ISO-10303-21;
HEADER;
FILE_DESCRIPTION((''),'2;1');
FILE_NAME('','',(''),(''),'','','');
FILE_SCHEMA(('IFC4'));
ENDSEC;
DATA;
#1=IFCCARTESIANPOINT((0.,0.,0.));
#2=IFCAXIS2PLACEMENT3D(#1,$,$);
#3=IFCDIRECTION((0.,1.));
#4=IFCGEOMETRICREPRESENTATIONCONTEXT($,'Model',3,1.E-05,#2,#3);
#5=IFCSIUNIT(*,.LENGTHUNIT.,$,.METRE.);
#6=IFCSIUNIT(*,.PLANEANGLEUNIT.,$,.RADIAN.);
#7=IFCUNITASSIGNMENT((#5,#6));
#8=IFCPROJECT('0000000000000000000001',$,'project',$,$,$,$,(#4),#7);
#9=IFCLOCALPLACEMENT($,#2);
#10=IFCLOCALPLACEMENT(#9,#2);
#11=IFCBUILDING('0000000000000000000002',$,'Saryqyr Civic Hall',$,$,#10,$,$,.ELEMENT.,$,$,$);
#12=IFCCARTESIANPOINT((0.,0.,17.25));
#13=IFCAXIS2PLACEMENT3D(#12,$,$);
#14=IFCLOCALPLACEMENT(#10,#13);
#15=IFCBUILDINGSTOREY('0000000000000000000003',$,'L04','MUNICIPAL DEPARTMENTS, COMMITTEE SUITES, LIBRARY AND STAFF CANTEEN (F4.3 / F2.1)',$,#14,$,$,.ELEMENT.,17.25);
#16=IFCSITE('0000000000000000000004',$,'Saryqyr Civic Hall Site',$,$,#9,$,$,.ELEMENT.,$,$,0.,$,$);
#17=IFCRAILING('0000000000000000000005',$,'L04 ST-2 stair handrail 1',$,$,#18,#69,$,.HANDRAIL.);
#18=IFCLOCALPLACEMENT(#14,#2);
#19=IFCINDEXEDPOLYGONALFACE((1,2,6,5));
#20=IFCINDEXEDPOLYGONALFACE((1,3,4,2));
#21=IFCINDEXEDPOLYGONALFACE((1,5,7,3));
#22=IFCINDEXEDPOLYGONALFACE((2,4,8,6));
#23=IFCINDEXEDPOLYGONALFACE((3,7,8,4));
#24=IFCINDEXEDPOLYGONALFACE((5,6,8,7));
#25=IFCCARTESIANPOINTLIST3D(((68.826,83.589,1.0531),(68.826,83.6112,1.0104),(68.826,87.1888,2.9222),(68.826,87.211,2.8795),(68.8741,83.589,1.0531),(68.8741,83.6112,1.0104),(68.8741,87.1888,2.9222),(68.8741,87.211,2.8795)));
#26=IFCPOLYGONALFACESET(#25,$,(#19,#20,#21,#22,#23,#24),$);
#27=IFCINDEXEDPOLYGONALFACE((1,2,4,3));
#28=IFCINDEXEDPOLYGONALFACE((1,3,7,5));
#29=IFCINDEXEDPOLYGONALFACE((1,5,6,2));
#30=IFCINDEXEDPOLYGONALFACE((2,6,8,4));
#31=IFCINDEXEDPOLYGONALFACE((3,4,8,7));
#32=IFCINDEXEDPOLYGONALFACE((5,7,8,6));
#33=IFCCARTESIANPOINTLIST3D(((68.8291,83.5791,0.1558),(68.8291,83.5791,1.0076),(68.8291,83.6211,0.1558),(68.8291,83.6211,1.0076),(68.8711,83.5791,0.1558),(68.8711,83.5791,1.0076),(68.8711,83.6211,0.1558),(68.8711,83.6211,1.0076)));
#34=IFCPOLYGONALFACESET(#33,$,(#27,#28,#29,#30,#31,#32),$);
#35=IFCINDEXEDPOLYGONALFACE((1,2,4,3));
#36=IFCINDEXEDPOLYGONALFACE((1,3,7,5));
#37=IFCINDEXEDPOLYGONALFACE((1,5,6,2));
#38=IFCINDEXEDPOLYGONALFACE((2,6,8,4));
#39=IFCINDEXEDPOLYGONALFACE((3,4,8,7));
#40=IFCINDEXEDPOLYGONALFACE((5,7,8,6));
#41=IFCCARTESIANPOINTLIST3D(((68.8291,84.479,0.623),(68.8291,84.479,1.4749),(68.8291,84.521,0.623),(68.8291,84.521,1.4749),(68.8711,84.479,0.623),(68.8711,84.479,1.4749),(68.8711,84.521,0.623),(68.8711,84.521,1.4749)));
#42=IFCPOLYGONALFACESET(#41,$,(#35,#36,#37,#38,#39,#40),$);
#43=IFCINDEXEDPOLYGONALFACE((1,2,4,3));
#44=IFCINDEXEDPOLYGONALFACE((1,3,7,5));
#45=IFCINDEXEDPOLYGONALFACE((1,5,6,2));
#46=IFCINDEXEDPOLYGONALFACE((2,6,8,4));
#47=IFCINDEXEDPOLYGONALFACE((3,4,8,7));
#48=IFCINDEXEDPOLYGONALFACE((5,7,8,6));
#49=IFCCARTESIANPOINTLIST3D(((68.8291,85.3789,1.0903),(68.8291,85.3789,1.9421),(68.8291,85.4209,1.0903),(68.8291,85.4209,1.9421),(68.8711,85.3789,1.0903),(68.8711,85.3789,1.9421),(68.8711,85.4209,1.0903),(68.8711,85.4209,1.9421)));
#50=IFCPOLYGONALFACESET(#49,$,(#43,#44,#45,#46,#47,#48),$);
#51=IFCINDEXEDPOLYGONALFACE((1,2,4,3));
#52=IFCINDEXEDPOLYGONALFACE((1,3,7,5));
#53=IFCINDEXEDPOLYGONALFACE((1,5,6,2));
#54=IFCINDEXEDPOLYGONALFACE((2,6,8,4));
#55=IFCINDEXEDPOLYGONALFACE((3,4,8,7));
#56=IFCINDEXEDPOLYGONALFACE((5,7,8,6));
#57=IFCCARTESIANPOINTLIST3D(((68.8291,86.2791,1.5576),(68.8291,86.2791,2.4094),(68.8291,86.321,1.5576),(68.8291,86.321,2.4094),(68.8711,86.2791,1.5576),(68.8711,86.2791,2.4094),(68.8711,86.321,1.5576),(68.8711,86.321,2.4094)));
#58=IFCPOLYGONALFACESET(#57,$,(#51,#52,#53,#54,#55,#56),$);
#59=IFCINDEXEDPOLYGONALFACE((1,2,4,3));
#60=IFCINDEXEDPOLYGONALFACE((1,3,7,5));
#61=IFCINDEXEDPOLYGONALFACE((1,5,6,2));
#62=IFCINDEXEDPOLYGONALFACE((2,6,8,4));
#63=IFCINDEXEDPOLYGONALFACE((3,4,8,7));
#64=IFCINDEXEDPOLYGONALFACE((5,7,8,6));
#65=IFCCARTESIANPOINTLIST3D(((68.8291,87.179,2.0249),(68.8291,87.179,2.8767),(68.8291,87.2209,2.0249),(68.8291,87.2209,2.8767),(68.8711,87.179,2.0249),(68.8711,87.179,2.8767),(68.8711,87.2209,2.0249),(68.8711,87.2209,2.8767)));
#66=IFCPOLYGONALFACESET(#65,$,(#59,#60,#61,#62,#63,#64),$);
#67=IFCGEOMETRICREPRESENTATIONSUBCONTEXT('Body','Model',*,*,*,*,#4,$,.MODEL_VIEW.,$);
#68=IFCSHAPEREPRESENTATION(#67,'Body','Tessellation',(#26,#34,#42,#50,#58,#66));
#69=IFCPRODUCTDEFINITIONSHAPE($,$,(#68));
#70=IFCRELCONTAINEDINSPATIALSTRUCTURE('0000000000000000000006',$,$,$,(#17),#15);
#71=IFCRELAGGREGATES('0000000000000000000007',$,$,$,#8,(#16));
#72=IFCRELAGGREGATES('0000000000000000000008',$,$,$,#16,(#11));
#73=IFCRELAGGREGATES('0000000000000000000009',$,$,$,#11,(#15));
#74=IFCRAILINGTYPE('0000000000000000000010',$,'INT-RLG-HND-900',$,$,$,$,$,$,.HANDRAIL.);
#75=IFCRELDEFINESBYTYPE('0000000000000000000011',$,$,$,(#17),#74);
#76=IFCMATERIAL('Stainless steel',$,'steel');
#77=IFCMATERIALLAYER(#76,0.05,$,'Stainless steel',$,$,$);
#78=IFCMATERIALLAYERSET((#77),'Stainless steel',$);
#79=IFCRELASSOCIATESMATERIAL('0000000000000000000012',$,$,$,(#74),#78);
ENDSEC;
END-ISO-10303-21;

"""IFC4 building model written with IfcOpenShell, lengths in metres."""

from ifc_helpers import new_model, si_unit, direction, frame, origin, origin_2d, place, context, subcontext, project, spatial, rectangle, extrude, material, layer, layer_set, type_object, element, save


model = new_model("IFC4")

# Units and contexts
model_context = context("Model", 3, precision=1e-05, world=origin(), true_north=direction((0.0, 1.0)))
body_context = subcontext(model_context, "Body", "Model", "MODEL_VIEW")
ifc_project = project(units=[si_unit("LENGTHUNIT", "METRE"), si_unit("PLANEANGLEUNIT", "RADIAN")], contexts=[model_context])

# Site, building, storey
site_placement = place(None, origin())
site = spatial("IfcSite", under=ifc_project, at=site_placement, Name="Saryqyr Civic Hall Site", CompositionType="ELEMENT", RefElevation=0.0)
building_placement = place(site_placement, origin())
building = spatial("IfcBuilding", under=site, at=building_placement, Name="Saryqyr Civic Hall", CompositionType="ELEMENT")
storey_placement = place(building_placement, frame((0.0, 0.0, 17.25)))
storey = spatial("IfcBuildingStorey", under=building, at=storey_placement, Name="L04", Description="MUNICIPAL DEPARTMENTS, COMMITTEE SUITES, LIBRARY AND STAFF CANTEEN (F4.3 / F2.1)", CompositionType="ELEMENT", Elevation=17.25)

# Railing
ifc_material_1 = material(Name="Stainless steel", Category="steel")
ifc_layer_1 = layer(ifc_material_1, 0.05, Name="Stainless steel")
ifc_layer_set_1 = layer_set([ifc_layer_1], Name="Stainless steel")
railing_type = type_object("IfcRailingType", Name="INT-RLG-HND-900", PredefinedType="HANDRAIL", material=ifc_layer_set_1)
railing_placement = place(storey_placement, frame((68.8501, 83.6001, 0.1558)))
element("IfcRailing", 1, at=railing_placement, inside=storey, type_object=railing_type, Name="L04 ST-2 stair handrail 1", PredefinedType="HANDRAIL", context=body_context, shape_type="SweptSolid", body=[
    extrude(rectangle(XDim=0.0481, YDim=0.0481, at=origin_2d()), frame((0.0, 0.0, 0.876), z_axis=(0.0, 0.887497, 0.460813), x_axis=(-1.0, 0.0, 0.0)), (0.0, 0.0, 1.0), 4.0562),
    extrude(rectangle(XDim=0.042, YDim=0.042, at=origin_2d()), origin(), (0.0, 0.0, 1.0), 0.8518),
    extrude(rectangle(XDim=0.042, YDim=0.042, at=origin_2d()), frame((0.0, 0.8999, 0.4673)), (0.0, 0.0, 1.0), 0.8518),
    extrude(rectangle(XDim=0.042, YDim=0.042, at=origin_2d()), frame((0.0, 1.7998, 0.9346)), (0.0, 0.0, 1.0), 0.8518),
    extrude(rectangle(XDim=0.042, YDim=0.042, at=origin_2d()), frame((0.0, 2.7, 1.4019)), (0.0, 0.0, 1.0), 0.8518),
    extrude(rectangle(XDim=0.042, YDim=0.042, at=origin_2d()), frame((0.0, 3.5999, 1.8691)), (0.0, 0.0, 1.0), 0.8518),
])

save(model, "model.ifc")
